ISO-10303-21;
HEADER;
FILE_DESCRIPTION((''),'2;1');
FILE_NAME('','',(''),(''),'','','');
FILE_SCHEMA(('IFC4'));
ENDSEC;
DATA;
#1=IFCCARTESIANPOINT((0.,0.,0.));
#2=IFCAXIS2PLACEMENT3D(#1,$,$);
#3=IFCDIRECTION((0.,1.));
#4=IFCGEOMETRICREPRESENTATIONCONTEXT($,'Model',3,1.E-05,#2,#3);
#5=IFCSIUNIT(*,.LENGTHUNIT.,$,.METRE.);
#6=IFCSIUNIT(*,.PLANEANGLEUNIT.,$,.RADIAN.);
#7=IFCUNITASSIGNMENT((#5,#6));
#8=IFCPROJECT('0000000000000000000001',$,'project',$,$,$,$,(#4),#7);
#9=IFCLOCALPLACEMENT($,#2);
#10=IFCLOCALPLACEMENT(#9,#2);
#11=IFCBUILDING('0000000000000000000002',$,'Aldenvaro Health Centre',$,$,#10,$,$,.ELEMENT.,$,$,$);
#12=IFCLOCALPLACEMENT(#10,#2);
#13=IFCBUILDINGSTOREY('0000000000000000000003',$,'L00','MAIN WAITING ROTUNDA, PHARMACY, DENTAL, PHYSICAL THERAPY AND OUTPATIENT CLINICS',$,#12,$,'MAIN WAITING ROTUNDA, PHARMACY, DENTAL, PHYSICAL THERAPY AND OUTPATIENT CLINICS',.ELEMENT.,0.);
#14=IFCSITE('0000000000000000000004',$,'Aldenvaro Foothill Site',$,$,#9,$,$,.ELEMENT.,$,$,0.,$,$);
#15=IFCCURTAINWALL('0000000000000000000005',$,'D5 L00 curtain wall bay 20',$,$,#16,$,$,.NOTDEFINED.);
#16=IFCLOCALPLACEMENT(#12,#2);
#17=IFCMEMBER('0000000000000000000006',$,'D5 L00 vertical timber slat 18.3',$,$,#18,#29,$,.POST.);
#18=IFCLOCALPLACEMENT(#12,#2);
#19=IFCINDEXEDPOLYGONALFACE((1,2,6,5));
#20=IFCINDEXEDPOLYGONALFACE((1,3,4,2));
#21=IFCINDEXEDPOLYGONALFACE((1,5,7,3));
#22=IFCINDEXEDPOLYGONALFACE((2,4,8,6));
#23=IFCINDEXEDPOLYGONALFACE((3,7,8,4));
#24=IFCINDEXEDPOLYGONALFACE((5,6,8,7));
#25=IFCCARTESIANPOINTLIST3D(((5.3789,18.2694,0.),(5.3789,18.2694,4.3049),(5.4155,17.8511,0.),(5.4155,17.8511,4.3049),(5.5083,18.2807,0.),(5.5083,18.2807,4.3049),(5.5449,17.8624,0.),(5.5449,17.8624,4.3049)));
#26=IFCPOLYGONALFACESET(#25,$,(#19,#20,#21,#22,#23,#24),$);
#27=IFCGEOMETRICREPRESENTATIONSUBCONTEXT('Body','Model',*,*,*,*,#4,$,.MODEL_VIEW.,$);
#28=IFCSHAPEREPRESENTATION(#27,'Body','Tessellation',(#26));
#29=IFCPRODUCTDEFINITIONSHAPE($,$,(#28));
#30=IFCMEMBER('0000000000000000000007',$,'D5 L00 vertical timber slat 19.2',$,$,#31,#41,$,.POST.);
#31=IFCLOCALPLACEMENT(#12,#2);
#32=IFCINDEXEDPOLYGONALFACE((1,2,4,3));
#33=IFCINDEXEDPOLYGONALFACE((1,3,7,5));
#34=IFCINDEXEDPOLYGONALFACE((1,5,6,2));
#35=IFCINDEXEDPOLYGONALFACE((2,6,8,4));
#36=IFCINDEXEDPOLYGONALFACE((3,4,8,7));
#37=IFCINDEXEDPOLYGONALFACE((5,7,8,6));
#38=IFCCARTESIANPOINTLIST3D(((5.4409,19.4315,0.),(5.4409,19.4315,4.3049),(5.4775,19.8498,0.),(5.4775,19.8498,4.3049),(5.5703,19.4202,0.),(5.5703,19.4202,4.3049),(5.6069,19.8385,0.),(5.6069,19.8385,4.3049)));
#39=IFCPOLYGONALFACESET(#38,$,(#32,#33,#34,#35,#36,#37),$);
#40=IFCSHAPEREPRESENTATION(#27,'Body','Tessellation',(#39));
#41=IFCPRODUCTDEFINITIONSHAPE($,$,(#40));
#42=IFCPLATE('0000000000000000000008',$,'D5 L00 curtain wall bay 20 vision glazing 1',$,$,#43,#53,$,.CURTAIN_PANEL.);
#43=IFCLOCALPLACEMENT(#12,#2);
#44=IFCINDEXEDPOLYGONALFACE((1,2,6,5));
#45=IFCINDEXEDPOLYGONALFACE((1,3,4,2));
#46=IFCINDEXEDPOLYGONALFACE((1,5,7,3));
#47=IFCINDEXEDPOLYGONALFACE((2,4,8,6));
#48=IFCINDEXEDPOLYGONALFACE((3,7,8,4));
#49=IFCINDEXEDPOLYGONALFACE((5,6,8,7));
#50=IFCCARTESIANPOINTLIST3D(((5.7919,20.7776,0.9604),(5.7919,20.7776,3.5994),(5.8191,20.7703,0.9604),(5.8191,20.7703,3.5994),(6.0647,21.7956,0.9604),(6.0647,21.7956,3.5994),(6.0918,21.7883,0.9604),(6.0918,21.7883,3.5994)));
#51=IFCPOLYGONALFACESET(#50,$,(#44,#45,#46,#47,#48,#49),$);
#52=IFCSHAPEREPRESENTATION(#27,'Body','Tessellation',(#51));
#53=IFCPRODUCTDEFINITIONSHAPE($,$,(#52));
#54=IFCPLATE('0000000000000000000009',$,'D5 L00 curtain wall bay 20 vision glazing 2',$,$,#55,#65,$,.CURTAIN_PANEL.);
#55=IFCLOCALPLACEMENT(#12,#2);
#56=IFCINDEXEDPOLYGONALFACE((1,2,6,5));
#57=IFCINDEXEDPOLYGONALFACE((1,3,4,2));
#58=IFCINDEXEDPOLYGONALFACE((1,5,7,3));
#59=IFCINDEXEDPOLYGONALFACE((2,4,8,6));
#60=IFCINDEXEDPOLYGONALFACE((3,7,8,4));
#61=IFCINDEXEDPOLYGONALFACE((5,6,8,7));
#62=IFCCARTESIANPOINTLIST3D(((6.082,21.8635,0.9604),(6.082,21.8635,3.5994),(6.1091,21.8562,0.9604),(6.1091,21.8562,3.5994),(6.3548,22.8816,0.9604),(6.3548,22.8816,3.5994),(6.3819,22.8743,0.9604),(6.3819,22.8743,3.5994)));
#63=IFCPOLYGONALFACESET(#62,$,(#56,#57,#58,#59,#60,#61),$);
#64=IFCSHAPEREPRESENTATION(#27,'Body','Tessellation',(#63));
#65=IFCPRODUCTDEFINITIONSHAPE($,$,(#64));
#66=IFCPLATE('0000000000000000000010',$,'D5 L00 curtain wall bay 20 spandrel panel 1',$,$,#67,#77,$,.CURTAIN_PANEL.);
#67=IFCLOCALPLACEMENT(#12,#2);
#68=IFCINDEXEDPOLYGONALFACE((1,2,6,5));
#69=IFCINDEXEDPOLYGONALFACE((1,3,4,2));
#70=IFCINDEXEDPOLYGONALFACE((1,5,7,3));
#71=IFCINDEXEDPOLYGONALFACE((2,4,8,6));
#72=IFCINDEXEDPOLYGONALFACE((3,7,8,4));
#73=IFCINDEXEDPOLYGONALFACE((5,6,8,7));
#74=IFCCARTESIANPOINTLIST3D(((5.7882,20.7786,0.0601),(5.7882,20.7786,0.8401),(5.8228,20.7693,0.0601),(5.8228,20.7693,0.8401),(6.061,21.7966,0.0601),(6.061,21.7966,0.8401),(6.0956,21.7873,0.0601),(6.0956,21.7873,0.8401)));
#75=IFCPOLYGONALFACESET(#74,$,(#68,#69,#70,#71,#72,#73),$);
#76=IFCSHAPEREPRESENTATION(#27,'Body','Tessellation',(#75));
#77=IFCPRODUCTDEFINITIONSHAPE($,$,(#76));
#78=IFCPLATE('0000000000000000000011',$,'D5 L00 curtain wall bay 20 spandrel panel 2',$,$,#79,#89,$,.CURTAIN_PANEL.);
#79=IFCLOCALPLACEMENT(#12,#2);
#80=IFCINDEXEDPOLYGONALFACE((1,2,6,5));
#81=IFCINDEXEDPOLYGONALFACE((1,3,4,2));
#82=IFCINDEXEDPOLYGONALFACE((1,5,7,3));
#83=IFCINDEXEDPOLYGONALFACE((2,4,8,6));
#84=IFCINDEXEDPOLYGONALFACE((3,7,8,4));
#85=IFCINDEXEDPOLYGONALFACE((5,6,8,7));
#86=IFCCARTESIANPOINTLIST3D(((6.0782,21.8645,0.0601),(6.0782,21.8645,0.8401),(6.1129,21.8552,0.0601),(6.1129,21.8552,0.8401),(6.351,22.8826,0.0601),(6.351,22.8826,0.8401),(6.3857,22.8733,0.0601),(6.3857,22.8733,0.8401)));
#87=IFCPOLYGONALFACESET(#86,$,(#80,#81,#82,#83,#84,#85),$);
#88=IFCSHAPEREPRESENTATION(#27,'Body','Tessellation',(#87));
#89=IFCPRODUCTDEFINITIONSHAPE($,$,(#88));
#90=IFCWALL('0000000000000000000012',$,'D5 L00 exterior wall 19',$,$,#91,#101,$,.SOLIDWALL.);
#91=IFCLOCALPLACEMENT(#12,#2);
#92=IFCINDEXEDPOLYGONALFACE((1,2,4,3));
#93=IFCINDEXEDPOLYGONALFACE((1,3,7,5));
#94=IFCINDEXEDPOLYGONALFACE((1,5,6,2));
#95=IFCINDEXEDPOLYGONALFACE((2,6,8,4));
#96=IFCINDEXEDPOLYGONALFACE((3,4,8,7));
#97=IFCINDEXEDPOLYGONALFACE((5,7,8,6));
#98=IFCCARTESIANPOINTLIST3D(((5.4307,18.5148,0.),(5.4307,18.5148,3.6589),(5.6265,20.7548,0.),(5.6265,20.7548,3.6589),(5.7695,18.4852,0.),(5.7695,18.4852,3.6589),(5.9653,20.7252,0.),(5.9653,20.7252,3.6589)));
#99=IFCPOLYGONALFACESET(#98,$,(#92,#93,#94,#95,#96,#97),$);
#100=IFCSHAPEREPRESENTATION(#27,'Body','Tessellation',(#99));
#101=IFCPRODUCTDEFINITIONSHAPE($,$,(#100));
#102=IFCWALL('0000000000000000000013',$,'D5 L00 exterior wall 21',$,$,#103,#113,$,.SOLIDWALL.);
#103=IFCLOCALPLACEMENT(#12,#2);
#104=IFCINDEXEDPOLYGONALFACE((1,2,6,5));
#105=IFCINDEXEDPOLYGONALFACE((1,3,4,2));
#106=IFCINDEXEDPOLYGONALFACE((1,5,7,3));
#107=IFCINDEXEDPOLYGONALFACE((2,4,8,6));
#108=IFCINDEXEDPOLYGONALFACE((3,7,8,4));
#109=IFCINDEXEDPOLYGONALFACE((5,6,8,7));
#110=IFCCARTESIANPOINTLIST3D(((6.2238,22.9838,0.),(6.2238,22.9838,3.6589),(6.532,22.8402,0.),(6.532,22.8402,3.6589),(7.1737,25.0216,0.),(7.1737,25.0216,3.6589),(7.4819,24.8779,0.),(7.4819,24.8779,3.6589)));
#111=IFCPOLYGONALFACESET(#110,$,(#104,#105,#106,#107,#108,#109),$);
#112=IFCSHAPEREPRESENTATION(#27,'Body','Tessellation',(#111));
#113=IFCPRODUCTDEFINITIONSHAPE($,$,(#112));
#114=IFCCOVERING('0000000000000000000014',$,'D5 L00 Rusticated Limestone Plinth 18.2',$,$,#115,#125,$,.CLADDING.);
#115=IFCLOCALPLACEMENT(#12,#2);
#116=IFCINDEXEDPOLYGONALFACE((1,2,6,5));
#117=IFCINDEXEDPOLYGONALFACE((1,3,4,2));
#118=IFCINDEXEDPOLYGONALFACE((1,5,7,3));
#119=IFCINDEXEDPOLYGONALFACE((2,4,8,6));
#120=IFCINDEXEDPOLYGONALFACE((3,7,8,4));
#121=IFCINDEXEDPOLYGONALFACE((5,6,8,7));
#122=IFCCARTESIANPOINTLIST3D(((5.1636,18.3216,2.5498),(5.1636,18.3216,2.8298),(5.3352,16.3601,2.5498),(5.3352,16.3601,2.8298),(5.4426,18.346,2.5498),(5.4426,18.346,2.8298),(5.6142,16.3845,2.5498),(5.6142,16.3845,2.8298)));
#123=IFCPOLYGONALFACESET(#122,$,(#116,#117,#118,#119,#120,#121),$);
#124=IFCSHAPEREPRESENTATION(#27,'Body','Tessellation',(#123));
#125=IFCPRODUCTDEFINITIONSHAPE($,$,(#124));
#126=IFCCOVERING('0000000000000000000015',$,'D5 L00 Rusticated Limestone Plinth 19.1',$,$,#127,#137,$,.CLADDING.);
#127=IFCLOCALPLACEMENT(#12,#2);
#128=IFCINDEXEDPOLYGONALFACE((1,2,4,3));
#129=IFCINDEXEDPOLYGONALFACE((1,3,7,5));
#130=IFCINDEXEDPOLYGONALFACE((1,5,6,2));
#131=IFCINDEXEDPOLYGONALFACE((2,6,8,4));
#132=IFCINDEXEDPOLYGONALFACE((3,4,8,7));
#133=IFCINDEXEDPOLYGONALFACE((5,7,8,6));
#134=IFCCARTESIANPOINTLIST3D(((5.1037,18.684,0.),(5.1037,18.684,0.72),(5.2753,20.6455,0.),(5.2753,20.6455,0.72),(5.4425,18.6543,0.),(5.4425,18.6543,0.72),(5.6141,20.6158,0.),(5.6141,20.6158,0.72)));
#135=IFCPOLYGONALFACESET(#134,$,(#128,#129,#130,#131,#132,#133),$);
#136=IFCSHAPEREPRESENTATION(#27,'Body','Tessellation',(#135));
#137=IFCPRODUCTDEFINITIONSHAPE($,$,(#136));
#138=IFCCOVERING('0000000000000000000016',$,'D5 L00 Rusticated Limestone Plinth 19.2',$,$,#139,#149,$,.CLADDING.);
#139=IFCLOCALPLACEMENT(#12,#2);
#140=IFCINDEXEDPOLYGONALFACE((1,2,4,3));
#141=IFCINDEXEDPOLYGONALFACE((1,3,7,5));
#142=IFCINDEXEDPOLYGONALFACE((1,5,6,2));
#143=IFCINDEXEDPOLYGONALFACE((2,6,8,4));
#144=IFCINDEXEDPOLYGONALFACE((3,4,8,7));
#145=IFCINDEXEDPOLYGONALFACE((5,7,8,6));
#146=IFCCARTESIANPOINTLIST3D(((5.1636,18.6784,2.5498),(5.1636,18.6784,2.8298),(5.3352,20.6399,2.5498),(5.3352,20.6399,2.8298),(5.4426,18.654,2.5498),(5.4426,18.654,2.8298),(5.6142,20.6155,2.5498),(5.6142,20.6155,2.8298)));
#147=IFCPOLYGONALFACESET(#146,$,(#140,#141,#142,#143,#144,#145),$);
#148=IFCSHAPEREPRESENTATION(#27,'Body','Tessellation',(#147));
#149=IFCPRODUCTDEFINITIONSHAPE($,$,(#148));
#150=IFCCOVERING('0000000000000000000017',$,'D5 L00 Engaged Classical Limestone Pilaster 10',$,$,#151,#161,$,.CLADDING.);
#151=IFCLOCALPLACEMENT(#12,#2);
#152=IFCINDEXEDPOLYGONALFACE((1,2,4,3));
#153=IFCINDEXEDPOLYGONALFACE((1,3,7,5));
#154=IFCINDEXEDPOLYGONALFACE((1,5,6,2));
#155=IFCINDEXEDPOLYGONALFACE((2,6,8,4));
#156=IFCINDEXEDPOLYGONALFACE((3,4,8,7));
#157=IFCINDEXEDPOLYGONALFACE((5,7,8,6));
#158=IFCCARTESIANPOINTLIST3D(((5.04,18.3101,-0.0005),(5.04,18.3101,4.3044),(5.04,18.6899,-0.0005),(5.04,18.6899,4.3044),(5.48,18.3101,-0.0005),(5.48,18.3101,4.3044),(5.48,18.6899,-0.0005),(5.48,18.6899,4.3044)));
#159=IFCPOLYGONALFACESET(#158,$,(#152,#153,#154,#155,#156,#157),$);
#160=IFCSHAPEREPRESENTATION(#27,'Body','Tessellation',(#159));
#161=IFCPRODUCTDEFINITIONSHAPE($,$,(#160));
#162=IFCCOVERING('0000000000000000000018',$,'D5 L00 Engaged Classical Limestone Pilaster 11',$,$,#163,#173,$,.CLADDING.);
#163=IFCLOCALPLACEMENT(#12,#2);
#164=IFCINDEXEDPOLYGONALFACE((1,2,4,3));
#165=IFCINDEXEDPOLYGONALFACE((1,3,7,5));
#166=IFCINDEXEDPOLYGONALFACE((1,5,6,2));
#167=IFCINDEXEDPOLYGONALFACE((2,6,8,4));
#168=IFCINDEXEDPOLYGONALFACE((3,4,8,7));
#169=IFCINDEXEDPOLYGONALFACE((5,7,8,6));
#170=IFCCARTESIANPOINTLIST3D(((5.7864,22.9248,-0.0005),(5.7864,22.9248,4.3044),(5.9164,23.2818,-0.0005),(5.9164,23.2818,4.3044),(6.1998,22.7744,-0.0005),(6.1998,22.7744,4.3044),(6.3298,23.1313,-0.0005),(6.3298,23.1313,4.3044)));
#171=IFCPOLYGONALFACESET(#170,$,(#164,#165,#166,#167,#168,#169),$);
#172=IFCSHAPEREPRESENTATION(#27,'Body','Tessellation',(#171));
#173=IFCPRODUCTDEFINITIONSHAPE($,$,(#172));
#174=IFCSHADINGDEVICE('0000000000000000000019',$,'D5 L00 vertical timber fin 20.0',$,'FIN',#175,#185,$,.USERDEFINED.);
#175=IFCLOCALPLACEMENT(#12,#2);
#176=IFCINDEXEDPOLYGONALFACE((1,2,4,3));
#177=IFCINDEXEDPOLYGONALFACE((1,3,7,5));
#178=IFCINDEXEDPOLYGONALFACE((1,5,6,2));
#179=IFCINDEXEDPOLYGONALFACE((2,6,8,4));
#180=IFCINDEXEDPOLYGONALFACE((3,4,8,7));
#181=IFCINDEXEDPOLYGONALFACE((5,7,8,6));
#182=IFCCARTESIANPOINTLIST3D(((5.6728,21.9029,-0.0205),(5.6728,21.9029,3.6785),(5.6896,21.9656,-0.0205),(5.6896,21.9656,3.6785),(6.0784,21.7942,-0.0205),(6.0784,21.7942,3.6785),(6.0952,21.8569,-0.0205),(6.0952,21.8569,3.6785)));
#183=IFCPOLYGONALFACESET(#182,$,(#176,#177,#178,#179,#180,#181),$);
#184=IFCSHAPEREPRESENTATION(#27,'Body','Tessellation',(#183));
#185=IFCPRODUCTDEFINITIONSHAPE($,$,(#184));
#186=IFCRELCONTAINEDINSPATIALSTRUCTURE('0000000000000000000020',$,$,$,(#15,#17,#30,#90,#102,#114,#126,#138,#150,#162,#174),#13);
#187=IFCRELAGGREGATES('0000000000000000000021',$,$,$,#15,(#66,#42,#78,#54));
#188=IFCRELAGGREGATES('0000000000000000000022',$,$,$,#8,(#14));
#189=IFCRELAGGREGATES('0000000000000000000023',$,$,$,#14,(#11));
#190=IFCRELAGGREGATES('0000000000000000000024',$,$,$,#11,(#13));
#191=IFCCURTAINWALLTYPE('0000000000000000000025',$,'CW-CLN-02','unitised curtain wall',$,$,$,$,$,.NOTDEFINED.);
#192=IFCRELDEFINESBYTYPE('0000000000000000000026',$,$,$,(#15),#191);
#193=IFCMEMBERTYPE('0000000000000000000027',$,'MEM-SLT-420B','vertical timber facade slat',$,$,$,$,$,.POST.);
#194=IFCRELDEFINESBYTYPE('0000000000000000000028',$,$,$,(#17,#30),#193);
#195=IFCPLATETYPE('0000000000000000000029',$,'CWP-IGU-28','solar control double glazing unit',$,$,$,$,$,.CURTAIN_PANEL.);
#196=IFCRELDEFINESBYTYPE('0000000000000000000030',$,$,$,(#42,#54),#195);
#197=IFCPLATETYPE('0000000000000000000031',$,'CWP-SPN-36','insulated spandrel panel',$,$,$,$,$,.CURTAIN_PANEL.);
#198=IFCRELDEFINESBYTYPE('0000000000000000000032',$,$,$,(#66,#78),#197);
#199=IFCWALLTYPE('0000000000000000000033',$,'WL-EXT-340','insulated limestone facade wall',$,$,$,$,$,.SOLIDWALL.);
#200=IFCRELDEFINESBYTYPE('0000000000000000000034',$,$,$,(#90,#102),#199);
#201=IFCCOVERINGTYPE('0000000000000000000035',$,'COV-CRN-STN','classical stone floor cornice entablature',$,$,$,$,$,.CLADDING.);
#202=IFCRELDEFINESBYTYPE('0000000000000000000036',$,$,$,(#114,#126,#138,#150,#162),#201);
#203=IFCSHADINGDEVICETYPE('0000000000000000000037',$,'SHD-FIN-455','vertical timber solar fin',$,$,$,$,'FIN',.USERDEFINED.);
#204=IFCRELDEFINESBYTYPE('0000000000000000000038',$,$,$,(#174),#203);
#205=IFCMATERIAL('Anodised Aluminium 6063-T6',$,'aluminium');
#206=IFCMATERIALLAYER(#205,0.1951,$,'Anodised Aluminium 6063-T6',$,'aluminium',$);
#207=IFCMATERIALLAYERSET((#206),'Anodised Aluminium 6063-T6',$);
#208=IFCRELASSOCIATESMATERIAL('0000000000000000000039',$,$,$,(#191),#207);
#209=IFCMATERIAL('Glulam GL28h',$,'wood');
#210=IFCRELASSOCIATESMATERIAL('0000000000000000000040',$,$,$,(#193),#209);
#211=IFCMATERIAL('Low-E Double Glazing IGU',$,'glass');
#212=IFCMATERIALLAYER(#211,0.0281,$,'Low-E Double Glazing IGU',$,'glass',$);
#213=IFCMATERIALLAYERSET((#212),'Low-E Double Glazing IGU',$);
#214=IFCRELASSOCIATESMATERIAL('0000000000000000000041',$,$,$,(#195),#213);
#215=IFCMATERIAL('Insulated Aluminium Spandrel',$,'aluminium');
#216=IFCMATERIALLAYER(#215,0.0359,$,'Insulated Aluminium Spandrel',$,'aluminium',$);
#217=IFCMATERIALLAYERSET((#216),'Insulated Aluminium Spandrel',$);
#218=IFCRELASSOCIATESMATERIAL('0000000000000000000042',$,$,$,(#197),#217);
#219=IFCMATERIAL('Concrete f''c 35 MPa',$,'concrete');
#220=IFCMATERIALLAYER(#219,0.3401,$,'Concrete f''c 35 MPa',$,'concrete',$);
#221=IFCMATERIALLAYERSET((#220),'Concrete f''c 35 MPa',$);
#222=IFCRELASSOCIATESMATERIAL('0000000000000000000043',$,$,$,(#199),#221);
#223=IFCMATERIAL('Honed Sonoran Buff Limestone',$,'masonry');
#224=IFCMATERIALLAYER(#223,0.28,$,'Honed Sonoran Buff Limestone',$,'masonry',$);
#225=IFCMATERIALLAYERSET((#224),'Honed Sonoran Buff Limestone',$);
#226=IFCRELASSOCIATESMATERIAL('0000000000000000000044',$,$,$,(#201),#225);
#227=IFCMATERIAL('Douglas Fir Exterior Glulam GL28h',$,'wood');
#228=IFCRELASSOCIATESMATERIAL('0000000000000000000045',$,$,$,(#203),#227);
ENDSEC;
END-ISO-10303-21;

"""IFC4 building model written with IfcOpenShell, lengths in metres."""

from ifc_helpers import new_model, si_unit, direction, frame, frame_2d, origin, origin_2d, place, context, subcontext, project, spatial, rectangle, extrude, material, layer, layer_set, material_profile, profile_set, type_object, element, aggregate, save


model = new_model("IFC4")

# Units and contexts
model_context = context("Model", 3, precision=1e-05, world=origin(), true_north=direction((0.0, 1.0)))
body_context = subcontext(model_context, "Body", "Model", "MODEL_VIEW")
ifc_project = project(units=[si_unit("LENGTHUNIT", "METRE"), si_unit("PLANEANGLEUNIT", "RADIAN")], contexts=[model_context])

# Site, building, storey
site_placement = place(None, origin())
site = spatial("IfcSite", under=ifc_project, at=site_placement, Name="Aldenvaro Foothill Site", CompositionType="ELEMENT", RefElevation=0.0)
building_placement = place(site_placement, origin())
building = spatial("IfcBuilding", under=site, at=building_placement, Name="Aldenvaro Health Centre", CompositionType="ELEMENT")
storey_placement = place(building_placement, origin())
storey = spatial("IfcBuildingStorey", under=building, at=storey_placement, Name="L00", Description="MAIN WAITING ROTUNDA, PHARMACY, DENTAL, PHYSICAL THERAPY AND OUTPATIENT CLINICS", LongName="MAIN WAITING ROTUNDA, PHARMACY, DENTAL, PHYSICAL THERAPY AND OUTPATIENT CLINICS", CompositionType="ELEMENT", Elevation=0.0)

# Shared definitions
ifc_material_1 = material(Name="Glulam GL28h", Category="wood")

# Curtain wall
ifc_material_2 = material(Name="Anodised Aluminium 6063-T6", Category="aluminium")
ifc_layer_1 = layer(ifc_material_2, 0.1951, Name="Anodised Aluminium 6063-T6", Category="aluminium")
ifc_layer_set_1 = layer_set([ifc_layer_1], Name="Anodised Aluminium 6063-T6")
curtain_wall_type = type_object("IfcCurtainWallType", Name="CW-CLN-02", Description="unitised curtain wall", PredefinedType="NOTDEFINED", material=ifc_layer_set_1)
curtain_wall_placement = place(storey_placement, origin())
curtain_wall = element("IfcCurtainWall", 1, at=curtain_wall_placement, inside=storey, type_object=curtain_wall_type, Name="D5 L00 curtain wall bay 20", PredefinedType="NOTDEFINED")

# Members
ifc_material_profile_1 = material_profile(ifc_material_1, rectangle(XDim=0.1299, YDim=0.4199, at=origin_2d()), Name="GL 130x420", Category="wood")
ifc_profile_set_1 = profile_set([ifc_material_profile_1], Name="Glulam GL28h")
member_type_1 = type_object("IfcMemberType", Name="MEM-SLT-420B", Description="vertical timber facade slat", PredefinedType="POST", material=ifc_profile_set_1)
for number, where, z_axis, x_axis, name in (
    (2, (5.4619, 18.0659, 0.0), (0.0, 0.0, 1.0), (-0.996194, -0.087167, 0.0), "D5 L00 vertical timber slat 18.3"),
    (3, (5.5239, 19.635, 0.0), (0.0, 0.0, 1.0), (-0.996194, 0.087167, 0.0), "D5 L00 vertical timber slat 19.2"),
):
    element("IfcMember", number, at=place(storey_placement, frame(where, z_axis=z_axis, x_axis=x_axis)), inside=storey, type_object=member_type_1, Name=name, PredefinedType="POST", context=body_context, shape_type="SweptSolid", body=[
        extrude(rectangle(XDim=0.1299, YDim=0.4199, at=origin_2d()), origin(), (0.0, 0.0, 1.0), 4.3049),
    ])

# Plates
ifc_material_3 = material(Name="Low-E Double Glazing IGU", Category="glass")
ifc_layer_2 = layer(ifc_material_3, 0.0281, Name="Low-E Double Glazing IGU", Category="glass")
ifc_layer_set_2 = layer_set([ifc_layer_2], Name="Low-E Double Glazing IGU")
plate_type_1 = type_object("IfcPlateType", Name="CWP-IGU-28", Description="solar control double glazing unit", PredefinedType="CURTAIN_PANEL", material=ifc_layer_set_2)
plate_1_placement = place(storey_placement, frame((5.9419, 21.283, 0.9604), z_axis=(0.0, 0.0, 1.0), x_axis=(0.258825, 0.965924, 0.0)))
plate_1 = element("IfcPlate", 4, at=plate_1_placement, type_object=plate_type_1, Name="D5 L00 curtain wall bay 20 vision glazing 1", PredefinedType="CURTAIN_PANEL", context=body_context, shape_type="SweptSolid", body=[
    extrude(rectangle(XDim=1.054, YDim=0.0281, at=origin_2d()), origin(), (0.0, 0.0, 1.0), 2.6389),
])
plate_2_placement = place(storey_placement, frame((6.2319, 22.3689, 0.9604), z_axis=(0.0, 0.0, 1.0), x_axis=(0.258825, 0.965924, 0.0)))
plate_2 = element("IfcPlate", 5, at=plate_2_placement, type_object=plate_type_1, Name="D5 L00 curtain wall bay 20 vision glazing 2", PredefinedType="CURTAIN_PANEL", context=body_context, shape_type="SweptSolid", body=[
    extrude(rectangle(XDim=1.054, YDim=0.0281, at=origin_2d()), origin(), (0.0, 0.0, 1.0), 2.6389),
])
ifc_material_4 = material(Name="Insulated Aluminium Spandrel", Category="aluminium")
ifc_layer_3 = layer(ifc_material_4, 0.0359, Name="Insulated Aluminium Spandrel", Category="aluminium")
ifc_layer_set_3 = layer_set([ifc_layer_3], Name="Insulated Aluminium Spandrel")
plate_type_2 = type_object("IfcPlateType", Name="CWP-SPN-36", Description="insulated spandrel panel", PredefinedType="CURTAIN_PANEL", material=ifc_layer_set_3)
plate_3_placement = place(storey_placement, frame((5.9419, 21.283, 0.0601), z_axis=(0.0, 0.0, 1.0), x_axis=(0.258825, 0.965924, 0.0)))
plate_3 = element("IfcPlate", 6, at=plate_3_placement, type_object=plate_type_2, Name="D5 L00 curtain wall bay 20 spandrel panel 1", PredefinedType="CURTAIN_PANEL", context=body_context, shape_type="SweptSolid", body=[
    extrude(rectangle(XDim=1.054, YDim=0.0359, at=origin_2d()), origin(), (0.0, 0.0, 1.0), 0.78),
])
plate_4_placement = place(storey_placement, frame((6.2319, 22.3689, 0.0601), z_axis=(0.0, 0.0, 1.0), x_axis=(0.258825, 0.965924, 0.0)))
plate_4 = element("IfcPlate", 7, at=plate_4_placement, type_object=plate_type_2, Name="D5 L00 curtain wall bay 20 spandrel panel 2", PredefinedType="CURTAIN_PANEL", context=body_context, shape_type="SweptSolid", body=[
    extrude(rectangle(XDim=1.054, YDim=0.0359, at=origin_2d()), origin(), (0.0, 0.0, 1.0), 0.78),
])
aggregate(curtain_wall, [plate_3, plate_1, plate_4, plate_2])

# Walls
ifc_material_5 = material(Name="Concrete f'c 35 MPa", Category="concrete")
ifc_layer_4 = layer(ifc_material_5, 0.3401, Name="Concrete f'c 35 MPa", Category="concrete")
ifc_layer_set_4 = layer_set([ifc_layer_4], Name="Concrete f'c 35 MPa")
wall_type = type_object("IfcWallType", Name="WL-EXT-340", Description="insulated limestone facade wall", PredefinedType="SOLIDWALL", material=ifc_layer_set_4)
wall_1_placement = place(storey_placement, frame((5.6001, 18.5, 0.0), z_axis=(0.0, 0.0, 1.0), x_axis=(0.087079, 0.996201, 0.0)))
element("IfcWall", 8, at=wall_1_placement, inside=storey, type_object=wall_type, Name="D5 L00 exterior wall 19", PredefinedType="SOLIDWALL", context=body_context, shape_type="SweptSolid", body=[
    extrude(rectangle(XDim=2.2485, YDim=0.3401, at=frame_2d((1.1243, 0.0))), origin(), (0.0, 0.0, 1.0), 3.6589),
])
wall_2_placement = place(storey_placement, frame((6.3779, 22.9121, 0.0), z_axis=(0.0, 0.0, 1.0), x_axis=(0.422505, 0.906361, 0.0)))
element("IfcWall", 9, at=wall_2_placement, inside=storey, type_object=wall_type, Name="D5 L00 exterior wall 21", PredefinedType="SOLIDWALL", context=body_context, shape_type="SweptSolid", body=[
    extrude(rectangle(XDim=2.2483, YDim=0.3401, at=frame_2d((1.124, 0.0))), origin(), (0.0, 0.0, 1.0), 3.6589),
])

# Coverings
ifc_material_6 = material(Name="Honed Sonoran Buff Limestone", Category="masonry")
ifc_layer_5 = layer(ifc_material_6, 0.28, Name="Honed Sonoran Buff Limestone", Category="masonry")
ifc_layer_set_5 = layer_set([ifc_layer_5], Name="Honed Sonoran Buff Limestone")
covering_type = type_object("IfcCoveringType", Name="COV-CRN-STN", Description="classical stone floor cornice entablature", PredefinedType="CLADDING", material=ifc_layer_set_5)
covering_1_placement = place(storey_placement, frame((5.3889, 17.353, 2.5498), z_axis=(0.0, 0.0, 1.0), x_axis=(-0.087167, 0.996194, 0.0)))
element("IfcCovering", 10, at=covering_1_placement, inside=storey, type_object=covering_type, Name="D5 L00 Rusticated Limestone Plinth 18.2", PredefinedType="CLADDING", context=body_context, shape_type="SweptSolid", body=[
    extrude(rectangle(XDim=1.969, YDim=0.28, at=origin_2d()), origin(), (0.0, 0.0, 1.0), 0.28),
])
covering_2_placement = place(storey_placement, frame((5.3589, 19.6499, 0.0), z_axis=(0.0, 0.0, 1.0), x_axis=(0.087167, 0.996194, 0.0)))
element("IfcCovering", 11, at=covering_2_placement, inside=storey, type_object=covering_type, Name="D5 L00 Rusticated Limestone Plinth 19.1", PredefinedType="CLADDING", context=body_context, shape_type="SweptSolid", body=[
    extrude(rectangle(XDim=1.969, YDim=0.3401, at=origin_2d()), origin(), (0.0, 0.0, 1.0), 0.72),
])
covering_3_placement = place(storey_placement, frame((5.3889, 19.647, 2.5498), z_axis=(0.0, 0.0, 1.0), x_axis=(0.087167, 0.996194, 0.0)))
element("IfcCovering", 12, at=covering_3_placement, inside=storey, type_object=covering_type, Name="D5 L00 Rusticated Limestone Plinth 19.2", PredefinedType="CLADDING", context=body_context, shape_type="SweptSolid", body=[
    extrude(rectangle(XDim=1.969, YDim=0.28, at=origin_2d()), origin(), (0.0, 0.0, 1.0), 0.28),
])
for number, where, z_axis, x_axis, name in (
    (13, (5.26, 18.5, -0.0005), (0.0, 0.0, 1.0), (-1.0, 0.0, 0.0), "D5 L00 Engaged Classical Limestone Pilaster 10"),
    (14, (6.0581, 23.0281, -0.0005), (0.0, 0.0, 1.0), (-0.939694, 0.342017, 0.0), "D5 L00 Engaged Classical Limestone Pilaster 11"),
):
    element("IfcCovering", number, at=place(storey_placement, frame(where, z_axis=z_axis, x_axis=x_axis)), inside=storey, type_object=covering_type, Name=name, PredefinedType="CLADDING", context=body_context, shape_type="SweptSolid", body=[
        extrude(rectangle(XDim=0.4399, YDim=0.3799, at=origin_2d()), origin(), (0.0, 0.0, 1.0), 4.3049),
    ])

# Shading device
ifc_material_7 = material(Name="Douglas Fir Exterior Glulam GL28h", Category="wood")
shading_device_type = type_object("IfcShadingDeviceType", Name="SHD-FIN-455", Description="vertical timber solar fin", ElementType="FIN", PredefinedType="USERDEFINED", material=ifc_material_7)
shading_device_placement = place(storey_placement, frame((5.884, 21.8799, -0.0205), z_axis=(0.0, 0.0, 1.0), x_axis=(0.258825, 0.965924, 0.0)))
element("IfcShadingDevice", 15, at=shading_device_placement, inside=storey, type_object=shading_device_type, Name="D5 L00 vertical timber fin 20.0", ObjectType="FIN", PredefinedType="USERDEFINED", context=body_context, shape_type="SweptSolid", body=[
    extrude(rectangle(XDim=0.0649, YDim=0.4199, at=origin_2d()), origin(), (0.0, 0.0, 1.0), 3.699),
])

save(model, "model.ifc")
